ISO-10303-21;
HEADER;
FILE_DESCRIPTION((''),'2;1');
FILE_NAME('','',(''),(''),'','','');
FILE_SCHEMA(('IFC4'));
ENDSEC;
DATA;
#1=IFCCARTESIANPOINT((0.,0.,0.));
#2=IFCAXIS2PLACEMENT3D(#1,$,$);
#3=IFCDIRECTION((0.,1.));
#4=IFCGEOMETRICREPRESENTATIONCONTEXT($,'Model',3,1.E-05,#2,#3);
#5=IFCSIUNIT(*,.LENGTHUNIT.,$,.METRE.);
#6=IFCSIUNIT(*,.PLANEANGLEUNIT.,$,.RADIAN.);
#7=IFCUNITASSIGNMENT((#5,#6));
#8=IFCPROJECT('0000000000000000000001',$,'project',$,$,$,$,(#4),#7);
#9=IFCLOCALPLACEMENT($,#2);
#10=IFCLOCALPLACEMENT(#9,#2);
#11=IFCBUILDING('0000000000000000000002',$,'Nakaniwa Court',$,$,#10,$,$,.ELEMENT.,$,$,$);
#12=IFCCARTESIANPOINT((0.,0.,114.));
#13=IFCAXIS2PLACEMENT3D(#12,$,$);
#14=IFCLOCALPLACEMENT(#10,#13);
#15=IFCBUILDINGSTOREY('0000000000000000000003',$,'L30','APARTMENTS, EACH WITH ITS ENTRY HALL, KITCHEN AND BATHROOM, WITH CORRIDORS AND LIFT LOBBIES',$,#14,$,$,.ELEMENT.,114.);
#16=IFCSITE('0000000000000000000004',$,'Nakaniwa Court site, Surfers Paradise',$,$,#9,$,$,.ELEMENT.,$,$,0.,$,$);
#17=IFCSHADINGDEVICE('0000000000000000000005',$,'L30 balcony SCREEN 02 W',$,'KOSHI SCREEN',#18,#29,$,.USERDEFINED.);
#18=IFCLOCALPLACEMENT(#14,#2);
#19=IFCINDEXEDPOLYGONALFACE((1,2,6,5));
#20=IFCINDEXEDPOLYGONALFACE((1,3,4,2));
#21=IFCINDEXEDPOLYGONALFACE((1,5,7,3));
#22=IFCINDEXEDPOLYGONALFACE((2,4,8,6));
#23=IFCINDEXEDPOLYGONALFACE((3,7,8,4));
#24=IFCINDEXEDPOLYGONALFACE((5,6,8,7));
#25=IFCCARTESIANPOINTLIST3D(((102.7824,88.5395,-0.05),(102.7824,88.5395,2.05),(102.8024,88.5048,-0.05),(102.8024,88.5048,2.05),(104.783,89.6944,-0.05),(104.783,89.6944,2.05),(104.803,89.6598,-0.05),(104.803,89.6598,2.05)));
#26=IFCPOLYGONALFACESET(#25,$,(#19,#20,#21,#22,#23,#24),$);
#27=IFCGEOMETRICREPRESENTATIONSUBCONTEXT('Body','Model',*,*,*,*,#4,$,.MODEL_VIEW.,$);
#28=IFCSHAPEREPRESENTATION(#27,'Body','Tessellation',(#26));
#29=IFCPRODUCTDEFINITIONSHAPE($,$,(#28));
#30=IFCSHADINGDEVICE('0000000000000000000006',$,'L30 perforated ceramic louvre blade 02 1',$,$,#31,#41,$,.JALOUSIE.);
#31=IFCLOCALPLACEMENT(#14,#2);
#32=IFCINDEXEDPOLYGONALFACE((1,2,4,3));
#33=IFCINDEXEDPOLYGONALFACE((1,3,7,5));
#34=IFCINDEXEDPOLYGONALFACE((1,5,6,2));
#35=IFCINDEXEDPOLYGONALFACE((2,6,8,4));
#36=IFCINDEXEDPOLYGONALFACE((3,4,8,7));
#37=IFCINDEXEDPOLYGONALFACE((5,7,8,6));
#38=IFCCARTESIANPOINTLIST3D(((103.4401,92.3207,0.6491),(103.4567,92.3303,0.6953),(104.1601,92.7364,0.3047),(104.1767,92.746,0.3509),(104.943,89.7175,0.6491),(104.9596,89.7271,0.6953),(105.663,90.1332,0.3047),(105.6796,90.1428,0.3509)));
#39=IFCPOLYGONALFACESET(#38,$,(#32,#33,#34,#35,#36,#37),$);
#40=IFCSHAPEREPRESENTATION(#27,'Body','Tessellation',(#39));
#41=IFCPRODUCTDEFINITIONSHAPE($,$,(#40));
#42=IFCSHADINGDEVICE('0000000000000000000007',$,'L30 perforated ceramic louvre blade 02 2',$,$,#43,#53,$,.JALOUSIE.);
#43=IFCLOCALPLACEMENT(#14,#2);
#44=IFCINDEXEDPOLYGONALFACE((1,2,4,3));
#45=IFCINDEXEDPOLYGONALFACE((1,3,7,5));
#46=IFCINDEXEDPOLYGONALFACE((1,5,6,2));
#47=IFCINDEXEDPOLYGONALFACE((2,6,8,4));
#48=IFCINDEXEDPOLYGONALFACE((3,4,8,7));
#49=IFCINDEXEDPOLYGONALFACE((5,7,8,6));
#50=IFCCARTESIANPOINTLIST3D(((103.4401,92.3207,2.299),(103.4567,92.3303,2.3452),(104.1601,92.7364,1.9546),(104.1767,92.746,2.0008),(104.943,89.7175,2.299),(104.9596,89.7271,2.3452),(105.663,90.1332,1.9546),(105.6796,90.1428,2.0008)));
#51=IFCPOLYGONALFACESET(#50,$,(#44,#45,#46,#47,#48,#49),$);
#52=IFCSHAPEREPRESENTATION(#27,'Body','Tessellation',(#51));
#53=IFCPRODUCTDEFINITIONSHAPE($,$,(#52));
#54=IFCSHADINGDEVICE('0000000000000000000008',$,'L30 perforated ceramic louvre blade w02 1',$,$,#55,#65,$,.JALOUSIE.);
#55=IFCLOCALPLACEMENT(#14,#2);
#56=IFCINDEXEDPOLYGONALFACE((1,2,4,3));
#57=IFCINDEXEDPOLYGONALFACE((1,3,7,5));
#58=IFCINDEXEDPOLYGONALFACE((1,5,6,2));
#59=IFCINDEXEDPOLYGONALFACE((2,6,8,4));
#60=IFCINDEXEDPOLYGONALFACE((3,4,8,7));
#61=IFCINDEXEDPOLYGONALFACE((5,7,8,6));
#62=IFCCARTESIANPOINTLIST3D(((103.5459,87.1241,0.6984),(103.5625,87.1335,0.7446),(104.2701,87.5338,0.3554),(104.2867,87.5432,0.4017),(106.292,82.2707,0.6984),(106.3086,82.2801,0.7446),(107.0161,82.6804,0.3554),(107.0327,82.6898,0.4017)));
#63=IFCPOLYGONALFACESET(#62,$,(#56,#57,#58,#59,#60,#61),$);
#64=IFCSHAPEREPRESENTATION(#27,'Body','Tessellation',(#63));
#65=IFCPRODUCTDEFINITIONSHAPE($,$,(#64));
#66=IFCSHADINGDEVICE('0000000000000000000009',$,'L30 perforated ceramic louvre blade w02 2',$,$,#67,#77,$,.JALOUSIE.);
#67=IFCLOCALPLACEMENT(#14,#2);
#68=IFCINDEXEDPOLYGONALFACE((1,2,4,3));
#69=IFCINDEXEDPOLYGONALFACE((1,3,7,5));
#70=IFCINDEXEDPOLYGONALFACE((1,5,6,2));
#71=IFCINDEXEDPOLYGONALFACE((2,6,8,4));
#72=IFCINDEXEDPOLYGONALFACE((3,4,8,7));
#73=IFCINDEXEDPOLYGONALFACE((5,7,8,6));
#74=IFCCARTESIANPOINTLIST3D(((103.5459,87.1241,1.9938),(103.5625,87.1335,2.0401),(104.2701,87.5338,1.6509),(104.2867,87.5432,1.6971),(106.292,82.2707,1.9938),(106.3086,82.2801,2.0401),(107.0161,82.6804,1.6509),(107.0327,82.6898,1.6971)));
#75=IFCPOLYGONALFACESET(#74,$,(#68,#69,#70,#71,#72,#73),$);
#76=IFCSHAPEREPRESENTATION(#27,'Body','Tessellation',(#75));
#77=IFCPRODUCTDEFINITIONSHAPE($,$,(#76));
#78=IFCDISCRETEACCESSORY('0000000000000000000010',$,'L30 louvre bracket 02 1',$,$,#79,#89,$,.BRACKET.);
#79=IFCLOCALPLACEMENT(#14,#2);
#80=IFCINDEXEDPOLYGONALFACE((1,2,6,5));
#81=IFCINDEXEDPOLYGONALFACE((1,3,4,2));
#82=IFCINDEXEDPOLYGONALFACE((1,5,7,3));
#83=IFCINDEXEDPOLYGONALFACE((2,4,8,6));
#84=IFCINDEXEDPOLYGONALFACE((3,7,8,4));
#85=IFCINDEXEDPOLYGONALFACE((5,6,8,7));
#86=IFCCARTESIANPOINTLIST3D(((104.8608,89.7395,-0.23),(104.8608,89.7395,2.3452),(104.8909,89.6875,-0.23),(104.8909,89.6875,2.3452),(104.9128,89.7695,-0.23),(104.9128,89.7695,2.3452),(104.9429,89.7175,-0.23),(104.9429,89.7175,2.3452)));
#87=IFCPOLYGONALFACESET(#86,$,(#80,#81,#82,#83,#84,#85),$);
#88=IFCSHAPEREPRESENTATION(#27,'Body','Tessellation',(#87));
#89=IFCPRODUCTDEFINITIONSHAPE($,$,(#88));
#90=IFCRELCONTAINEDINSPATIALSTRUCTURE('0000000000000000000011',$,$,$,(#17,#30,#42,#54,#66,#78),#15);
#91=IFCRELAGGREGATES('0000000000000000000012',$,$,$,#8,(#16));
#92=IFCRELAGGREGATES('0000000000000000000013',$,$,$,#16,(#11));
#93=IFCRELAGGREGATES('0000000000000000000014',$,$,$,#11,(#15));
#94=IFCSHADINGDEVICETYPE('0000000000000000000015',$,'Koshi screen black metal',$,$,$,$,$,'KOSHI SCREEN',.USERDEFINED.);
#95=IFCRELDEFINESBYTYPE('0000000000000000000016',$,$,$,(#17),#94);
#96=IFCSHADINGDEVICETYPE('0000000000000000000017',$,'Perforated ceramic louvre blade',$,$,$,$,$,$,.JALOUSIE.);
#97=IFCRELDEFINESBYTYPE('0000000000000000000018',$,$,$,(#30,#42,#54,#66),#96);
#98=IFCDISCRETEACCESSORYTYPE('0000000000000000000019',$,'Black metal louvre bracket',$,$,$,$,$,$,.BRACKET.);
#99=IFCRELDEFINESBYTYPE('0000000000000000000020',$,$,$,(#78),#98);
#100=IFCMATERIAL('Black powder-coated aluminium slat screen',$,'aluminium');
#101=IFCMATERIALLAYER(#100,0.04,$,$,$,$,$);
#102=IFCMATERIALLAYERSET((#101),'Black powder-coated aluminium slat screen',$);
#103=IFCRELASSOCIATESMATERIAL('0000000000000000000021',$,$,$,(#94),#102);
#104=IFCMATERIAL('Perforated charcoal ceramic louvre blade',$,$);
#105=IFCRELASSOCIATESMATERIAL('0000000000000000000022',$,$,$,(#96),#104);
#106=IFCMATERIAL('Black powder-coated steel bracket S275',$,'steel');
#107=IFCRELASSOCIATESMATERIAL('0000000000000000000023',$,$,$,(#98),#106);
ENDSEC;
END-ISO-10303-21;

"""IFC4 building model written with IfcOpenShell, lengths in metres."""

from ifc_helpers import new_model, si_unit, direction, frame, origin, origin_2d, place, context, subcontext, project, spatial, rectangle, extrude, material, layer, layer_set, material_profile, profile_set, type_object, element, save


model = new_model("IFC4")

# Units and contexts
model_context = context("Model", 3, precision=1e-05, world=origin(), true_north=direction((0.0, 1.0)))
body_context = subcontext(model_context, "Body", "Model", "MODEL_VIEW")
ifc_project = project(units=[si_unit("LENGTHUNIT", "METRE"), si_unit("PLANEANGLEUNIT", "RADIAN")], contexts=[model_context])

# Site, building, storey
site_placement = place(None, origin())
site = spatial("IfcSite", under=ifc_project, at=site_placement, Name="Nakaniwa Court site, Surfers Paradise", CompositionType="ELEMENT", RefElevation=0.0)
building_placement = place(site_placement, origin())
building = spatial("IfcBuilding", under=site, at=building_placement, Name="Nakaniwa Court", CompositionType="ELEMENT")
storey_placement = place(building_placement, frame((0.0, 0.0, 114.0)))
storey = spatial("IfcBuildingStorey", under=building, at=storey_placement, Name="L30", Description="APARTMENTS, EACH WITH ITS ENTRY HALL, KITCHEN AND BATHROOM, WITH CORRIDORS AND LIFT LOBBIES", CompositionType="ELEMENT", Elevation=114.0)

# Shading devices
ifc_material_1 = material(Name="Black powder-coated aluminium slat screen", Category="aluminium")
ifc_layer_1 = layer(ifc_material_1, 0.04)
ifc_layer_set_1 = layer_set([ifc_layer_1], Name="Black powder-coated aluminium slat screen")
shading_device_type_1 = type_object("IfcShadingDeviceType", Name="Koshi screen black metal", ElementType="KOSHI SCREEN", PredefinedType="USERDEFINED", material=ifc_layer_set_1)
shading_device_placement = place(storey_placement, frame((103.7927, 89.0996, -0.05), z_axis=(0.0, 0.0, 1.0), x_axis=(-0.499974, 0.86604, 0.0)))
element("IfcShadingDevice", 1, at=shading_device_placement, inside=storey, type_object=shading_device_type_1, Name="L30 balcony SCREEN 02 W", ObjectType="KOSHI SCREEN", PredefinedType="USERDEFINED", context=body_context, shape_type="SweptSolid", body=[
    extrude(rectangle(XDim=0.04, YDim=2.3101, at=origin_2d()), origin(), (0.0, 0.0, 1.0), 2.1001),
])
ifc_material_2 = material(Name="Perforated charcoal ceramic louvre blade")
ifc_material_profile_1 = material_profile(ifc_material_2, rectangle(XDim=0.8999, YDim=0.05, at=origin_2d()), Name="Perforated ceramic louvre blade")
ifc_profile_set_1 = profile_set([ifc_material_profile_1], Name="Perforated charcoal ceramic louvre blade")
shading_device_type_2 = type_object("IfcShadingDeviceType", Name="Perforated ceramic louvre blade", PredefinedType="JALOUSIE", material=ifc_profile_set_1)
for number, where, z_axis, x_axis, name in (
    (2, (105.3113, 89.9302, 0.5), (-0.499983, 0.866035, 0.0), (-0.800112, -0.461924, 0.382683), "L30 perforated ceramic louvre blade 02 1"),
    (3, (105.3113, 89.9302, 2.1499), (-0.499983, 0.866035, 0.0), (-0.800112, -0.461924, 0.382683), "L30 perforated ceramic louvre blade 02 2"),
):
    element("IfcShadingDevice", number, at=place(storey_placement, frame(where, z_axis=z_axis, x_axis=x_axis)), inside=storey, type_object=shading_device_type_2, Name=name, PredefinedType="JALOUSIE", context=body_context, shape_type="SweptSolid", body=[
        extrude(rectangle(XDim=0.8999, YDim=0.05, at=origin_2d()), origin(), (0.0, 0.0, 1.0), 3.0059),
    ])
for number, where, z_axis, x_axis, name in (
    (4, (106.6624, 82.4802, 0.55), (-0.492438, 0.870347, 0.0), (-0.804676, -0.455282, 0.38107), "L30 perforated ceramic louvre blade w02 1"),
    (5, (106.6624, 82.4802, 1.8455), (-0.492438, 0.870347, 0.0), (-0.804676, -0.455282, 0.38107), "L30 perforated ceramic louvre blade w02 2"),
):
    element("IfcShadingDevice", number, at=place(storey_placement, frame(where, z_axis=z_axis, x_axis=x_axis)), inside=storey, type_object=shading_device_type_2, Name=name, PredefinedType="JALOUSIE", context=body_context, shape_type="SweptSolid", body=[
        extrude(rectangle(XDim=0.8999, YDim=0.05, at=origin_2d()), origin(), (0.0, 0.0, 1.0), 5.5764),
    ])

# Discrete accessory
ifc_material_3 = material(Name="Black powder-coated steel bracket S275", Category="steel")
discrete_accessory_type = type_object("IfcDiscreteAccessoryType", Name="Black metal louvre bracket", PredefinedType="BRACKET", material=ifc_material_3)
discrete_accessory_placement = place(storey_placement, frame((104.9019, 89.7285, -0.23), z_axis=(0.0, 0.0, 1.0), x_axis=(-0.499974, 0.86604, 0.0)))
element("IfcDiscreteAccessory", 6, at=discrete_accessory_placement, inside=storey, type_object=discrete_accessory_type, Name="L30 louvre bracket 02 1", PredefinedType="BRACKET", context=body_context, shape_type="SweptSolid", body=[
    extrude(rectangle(XDim=0.0601, YDim=0.0601, at=origin_2d()), origin(), (0.0, 0.0, 1.0), 2.5752),
])

save(model, "model.ifc")
